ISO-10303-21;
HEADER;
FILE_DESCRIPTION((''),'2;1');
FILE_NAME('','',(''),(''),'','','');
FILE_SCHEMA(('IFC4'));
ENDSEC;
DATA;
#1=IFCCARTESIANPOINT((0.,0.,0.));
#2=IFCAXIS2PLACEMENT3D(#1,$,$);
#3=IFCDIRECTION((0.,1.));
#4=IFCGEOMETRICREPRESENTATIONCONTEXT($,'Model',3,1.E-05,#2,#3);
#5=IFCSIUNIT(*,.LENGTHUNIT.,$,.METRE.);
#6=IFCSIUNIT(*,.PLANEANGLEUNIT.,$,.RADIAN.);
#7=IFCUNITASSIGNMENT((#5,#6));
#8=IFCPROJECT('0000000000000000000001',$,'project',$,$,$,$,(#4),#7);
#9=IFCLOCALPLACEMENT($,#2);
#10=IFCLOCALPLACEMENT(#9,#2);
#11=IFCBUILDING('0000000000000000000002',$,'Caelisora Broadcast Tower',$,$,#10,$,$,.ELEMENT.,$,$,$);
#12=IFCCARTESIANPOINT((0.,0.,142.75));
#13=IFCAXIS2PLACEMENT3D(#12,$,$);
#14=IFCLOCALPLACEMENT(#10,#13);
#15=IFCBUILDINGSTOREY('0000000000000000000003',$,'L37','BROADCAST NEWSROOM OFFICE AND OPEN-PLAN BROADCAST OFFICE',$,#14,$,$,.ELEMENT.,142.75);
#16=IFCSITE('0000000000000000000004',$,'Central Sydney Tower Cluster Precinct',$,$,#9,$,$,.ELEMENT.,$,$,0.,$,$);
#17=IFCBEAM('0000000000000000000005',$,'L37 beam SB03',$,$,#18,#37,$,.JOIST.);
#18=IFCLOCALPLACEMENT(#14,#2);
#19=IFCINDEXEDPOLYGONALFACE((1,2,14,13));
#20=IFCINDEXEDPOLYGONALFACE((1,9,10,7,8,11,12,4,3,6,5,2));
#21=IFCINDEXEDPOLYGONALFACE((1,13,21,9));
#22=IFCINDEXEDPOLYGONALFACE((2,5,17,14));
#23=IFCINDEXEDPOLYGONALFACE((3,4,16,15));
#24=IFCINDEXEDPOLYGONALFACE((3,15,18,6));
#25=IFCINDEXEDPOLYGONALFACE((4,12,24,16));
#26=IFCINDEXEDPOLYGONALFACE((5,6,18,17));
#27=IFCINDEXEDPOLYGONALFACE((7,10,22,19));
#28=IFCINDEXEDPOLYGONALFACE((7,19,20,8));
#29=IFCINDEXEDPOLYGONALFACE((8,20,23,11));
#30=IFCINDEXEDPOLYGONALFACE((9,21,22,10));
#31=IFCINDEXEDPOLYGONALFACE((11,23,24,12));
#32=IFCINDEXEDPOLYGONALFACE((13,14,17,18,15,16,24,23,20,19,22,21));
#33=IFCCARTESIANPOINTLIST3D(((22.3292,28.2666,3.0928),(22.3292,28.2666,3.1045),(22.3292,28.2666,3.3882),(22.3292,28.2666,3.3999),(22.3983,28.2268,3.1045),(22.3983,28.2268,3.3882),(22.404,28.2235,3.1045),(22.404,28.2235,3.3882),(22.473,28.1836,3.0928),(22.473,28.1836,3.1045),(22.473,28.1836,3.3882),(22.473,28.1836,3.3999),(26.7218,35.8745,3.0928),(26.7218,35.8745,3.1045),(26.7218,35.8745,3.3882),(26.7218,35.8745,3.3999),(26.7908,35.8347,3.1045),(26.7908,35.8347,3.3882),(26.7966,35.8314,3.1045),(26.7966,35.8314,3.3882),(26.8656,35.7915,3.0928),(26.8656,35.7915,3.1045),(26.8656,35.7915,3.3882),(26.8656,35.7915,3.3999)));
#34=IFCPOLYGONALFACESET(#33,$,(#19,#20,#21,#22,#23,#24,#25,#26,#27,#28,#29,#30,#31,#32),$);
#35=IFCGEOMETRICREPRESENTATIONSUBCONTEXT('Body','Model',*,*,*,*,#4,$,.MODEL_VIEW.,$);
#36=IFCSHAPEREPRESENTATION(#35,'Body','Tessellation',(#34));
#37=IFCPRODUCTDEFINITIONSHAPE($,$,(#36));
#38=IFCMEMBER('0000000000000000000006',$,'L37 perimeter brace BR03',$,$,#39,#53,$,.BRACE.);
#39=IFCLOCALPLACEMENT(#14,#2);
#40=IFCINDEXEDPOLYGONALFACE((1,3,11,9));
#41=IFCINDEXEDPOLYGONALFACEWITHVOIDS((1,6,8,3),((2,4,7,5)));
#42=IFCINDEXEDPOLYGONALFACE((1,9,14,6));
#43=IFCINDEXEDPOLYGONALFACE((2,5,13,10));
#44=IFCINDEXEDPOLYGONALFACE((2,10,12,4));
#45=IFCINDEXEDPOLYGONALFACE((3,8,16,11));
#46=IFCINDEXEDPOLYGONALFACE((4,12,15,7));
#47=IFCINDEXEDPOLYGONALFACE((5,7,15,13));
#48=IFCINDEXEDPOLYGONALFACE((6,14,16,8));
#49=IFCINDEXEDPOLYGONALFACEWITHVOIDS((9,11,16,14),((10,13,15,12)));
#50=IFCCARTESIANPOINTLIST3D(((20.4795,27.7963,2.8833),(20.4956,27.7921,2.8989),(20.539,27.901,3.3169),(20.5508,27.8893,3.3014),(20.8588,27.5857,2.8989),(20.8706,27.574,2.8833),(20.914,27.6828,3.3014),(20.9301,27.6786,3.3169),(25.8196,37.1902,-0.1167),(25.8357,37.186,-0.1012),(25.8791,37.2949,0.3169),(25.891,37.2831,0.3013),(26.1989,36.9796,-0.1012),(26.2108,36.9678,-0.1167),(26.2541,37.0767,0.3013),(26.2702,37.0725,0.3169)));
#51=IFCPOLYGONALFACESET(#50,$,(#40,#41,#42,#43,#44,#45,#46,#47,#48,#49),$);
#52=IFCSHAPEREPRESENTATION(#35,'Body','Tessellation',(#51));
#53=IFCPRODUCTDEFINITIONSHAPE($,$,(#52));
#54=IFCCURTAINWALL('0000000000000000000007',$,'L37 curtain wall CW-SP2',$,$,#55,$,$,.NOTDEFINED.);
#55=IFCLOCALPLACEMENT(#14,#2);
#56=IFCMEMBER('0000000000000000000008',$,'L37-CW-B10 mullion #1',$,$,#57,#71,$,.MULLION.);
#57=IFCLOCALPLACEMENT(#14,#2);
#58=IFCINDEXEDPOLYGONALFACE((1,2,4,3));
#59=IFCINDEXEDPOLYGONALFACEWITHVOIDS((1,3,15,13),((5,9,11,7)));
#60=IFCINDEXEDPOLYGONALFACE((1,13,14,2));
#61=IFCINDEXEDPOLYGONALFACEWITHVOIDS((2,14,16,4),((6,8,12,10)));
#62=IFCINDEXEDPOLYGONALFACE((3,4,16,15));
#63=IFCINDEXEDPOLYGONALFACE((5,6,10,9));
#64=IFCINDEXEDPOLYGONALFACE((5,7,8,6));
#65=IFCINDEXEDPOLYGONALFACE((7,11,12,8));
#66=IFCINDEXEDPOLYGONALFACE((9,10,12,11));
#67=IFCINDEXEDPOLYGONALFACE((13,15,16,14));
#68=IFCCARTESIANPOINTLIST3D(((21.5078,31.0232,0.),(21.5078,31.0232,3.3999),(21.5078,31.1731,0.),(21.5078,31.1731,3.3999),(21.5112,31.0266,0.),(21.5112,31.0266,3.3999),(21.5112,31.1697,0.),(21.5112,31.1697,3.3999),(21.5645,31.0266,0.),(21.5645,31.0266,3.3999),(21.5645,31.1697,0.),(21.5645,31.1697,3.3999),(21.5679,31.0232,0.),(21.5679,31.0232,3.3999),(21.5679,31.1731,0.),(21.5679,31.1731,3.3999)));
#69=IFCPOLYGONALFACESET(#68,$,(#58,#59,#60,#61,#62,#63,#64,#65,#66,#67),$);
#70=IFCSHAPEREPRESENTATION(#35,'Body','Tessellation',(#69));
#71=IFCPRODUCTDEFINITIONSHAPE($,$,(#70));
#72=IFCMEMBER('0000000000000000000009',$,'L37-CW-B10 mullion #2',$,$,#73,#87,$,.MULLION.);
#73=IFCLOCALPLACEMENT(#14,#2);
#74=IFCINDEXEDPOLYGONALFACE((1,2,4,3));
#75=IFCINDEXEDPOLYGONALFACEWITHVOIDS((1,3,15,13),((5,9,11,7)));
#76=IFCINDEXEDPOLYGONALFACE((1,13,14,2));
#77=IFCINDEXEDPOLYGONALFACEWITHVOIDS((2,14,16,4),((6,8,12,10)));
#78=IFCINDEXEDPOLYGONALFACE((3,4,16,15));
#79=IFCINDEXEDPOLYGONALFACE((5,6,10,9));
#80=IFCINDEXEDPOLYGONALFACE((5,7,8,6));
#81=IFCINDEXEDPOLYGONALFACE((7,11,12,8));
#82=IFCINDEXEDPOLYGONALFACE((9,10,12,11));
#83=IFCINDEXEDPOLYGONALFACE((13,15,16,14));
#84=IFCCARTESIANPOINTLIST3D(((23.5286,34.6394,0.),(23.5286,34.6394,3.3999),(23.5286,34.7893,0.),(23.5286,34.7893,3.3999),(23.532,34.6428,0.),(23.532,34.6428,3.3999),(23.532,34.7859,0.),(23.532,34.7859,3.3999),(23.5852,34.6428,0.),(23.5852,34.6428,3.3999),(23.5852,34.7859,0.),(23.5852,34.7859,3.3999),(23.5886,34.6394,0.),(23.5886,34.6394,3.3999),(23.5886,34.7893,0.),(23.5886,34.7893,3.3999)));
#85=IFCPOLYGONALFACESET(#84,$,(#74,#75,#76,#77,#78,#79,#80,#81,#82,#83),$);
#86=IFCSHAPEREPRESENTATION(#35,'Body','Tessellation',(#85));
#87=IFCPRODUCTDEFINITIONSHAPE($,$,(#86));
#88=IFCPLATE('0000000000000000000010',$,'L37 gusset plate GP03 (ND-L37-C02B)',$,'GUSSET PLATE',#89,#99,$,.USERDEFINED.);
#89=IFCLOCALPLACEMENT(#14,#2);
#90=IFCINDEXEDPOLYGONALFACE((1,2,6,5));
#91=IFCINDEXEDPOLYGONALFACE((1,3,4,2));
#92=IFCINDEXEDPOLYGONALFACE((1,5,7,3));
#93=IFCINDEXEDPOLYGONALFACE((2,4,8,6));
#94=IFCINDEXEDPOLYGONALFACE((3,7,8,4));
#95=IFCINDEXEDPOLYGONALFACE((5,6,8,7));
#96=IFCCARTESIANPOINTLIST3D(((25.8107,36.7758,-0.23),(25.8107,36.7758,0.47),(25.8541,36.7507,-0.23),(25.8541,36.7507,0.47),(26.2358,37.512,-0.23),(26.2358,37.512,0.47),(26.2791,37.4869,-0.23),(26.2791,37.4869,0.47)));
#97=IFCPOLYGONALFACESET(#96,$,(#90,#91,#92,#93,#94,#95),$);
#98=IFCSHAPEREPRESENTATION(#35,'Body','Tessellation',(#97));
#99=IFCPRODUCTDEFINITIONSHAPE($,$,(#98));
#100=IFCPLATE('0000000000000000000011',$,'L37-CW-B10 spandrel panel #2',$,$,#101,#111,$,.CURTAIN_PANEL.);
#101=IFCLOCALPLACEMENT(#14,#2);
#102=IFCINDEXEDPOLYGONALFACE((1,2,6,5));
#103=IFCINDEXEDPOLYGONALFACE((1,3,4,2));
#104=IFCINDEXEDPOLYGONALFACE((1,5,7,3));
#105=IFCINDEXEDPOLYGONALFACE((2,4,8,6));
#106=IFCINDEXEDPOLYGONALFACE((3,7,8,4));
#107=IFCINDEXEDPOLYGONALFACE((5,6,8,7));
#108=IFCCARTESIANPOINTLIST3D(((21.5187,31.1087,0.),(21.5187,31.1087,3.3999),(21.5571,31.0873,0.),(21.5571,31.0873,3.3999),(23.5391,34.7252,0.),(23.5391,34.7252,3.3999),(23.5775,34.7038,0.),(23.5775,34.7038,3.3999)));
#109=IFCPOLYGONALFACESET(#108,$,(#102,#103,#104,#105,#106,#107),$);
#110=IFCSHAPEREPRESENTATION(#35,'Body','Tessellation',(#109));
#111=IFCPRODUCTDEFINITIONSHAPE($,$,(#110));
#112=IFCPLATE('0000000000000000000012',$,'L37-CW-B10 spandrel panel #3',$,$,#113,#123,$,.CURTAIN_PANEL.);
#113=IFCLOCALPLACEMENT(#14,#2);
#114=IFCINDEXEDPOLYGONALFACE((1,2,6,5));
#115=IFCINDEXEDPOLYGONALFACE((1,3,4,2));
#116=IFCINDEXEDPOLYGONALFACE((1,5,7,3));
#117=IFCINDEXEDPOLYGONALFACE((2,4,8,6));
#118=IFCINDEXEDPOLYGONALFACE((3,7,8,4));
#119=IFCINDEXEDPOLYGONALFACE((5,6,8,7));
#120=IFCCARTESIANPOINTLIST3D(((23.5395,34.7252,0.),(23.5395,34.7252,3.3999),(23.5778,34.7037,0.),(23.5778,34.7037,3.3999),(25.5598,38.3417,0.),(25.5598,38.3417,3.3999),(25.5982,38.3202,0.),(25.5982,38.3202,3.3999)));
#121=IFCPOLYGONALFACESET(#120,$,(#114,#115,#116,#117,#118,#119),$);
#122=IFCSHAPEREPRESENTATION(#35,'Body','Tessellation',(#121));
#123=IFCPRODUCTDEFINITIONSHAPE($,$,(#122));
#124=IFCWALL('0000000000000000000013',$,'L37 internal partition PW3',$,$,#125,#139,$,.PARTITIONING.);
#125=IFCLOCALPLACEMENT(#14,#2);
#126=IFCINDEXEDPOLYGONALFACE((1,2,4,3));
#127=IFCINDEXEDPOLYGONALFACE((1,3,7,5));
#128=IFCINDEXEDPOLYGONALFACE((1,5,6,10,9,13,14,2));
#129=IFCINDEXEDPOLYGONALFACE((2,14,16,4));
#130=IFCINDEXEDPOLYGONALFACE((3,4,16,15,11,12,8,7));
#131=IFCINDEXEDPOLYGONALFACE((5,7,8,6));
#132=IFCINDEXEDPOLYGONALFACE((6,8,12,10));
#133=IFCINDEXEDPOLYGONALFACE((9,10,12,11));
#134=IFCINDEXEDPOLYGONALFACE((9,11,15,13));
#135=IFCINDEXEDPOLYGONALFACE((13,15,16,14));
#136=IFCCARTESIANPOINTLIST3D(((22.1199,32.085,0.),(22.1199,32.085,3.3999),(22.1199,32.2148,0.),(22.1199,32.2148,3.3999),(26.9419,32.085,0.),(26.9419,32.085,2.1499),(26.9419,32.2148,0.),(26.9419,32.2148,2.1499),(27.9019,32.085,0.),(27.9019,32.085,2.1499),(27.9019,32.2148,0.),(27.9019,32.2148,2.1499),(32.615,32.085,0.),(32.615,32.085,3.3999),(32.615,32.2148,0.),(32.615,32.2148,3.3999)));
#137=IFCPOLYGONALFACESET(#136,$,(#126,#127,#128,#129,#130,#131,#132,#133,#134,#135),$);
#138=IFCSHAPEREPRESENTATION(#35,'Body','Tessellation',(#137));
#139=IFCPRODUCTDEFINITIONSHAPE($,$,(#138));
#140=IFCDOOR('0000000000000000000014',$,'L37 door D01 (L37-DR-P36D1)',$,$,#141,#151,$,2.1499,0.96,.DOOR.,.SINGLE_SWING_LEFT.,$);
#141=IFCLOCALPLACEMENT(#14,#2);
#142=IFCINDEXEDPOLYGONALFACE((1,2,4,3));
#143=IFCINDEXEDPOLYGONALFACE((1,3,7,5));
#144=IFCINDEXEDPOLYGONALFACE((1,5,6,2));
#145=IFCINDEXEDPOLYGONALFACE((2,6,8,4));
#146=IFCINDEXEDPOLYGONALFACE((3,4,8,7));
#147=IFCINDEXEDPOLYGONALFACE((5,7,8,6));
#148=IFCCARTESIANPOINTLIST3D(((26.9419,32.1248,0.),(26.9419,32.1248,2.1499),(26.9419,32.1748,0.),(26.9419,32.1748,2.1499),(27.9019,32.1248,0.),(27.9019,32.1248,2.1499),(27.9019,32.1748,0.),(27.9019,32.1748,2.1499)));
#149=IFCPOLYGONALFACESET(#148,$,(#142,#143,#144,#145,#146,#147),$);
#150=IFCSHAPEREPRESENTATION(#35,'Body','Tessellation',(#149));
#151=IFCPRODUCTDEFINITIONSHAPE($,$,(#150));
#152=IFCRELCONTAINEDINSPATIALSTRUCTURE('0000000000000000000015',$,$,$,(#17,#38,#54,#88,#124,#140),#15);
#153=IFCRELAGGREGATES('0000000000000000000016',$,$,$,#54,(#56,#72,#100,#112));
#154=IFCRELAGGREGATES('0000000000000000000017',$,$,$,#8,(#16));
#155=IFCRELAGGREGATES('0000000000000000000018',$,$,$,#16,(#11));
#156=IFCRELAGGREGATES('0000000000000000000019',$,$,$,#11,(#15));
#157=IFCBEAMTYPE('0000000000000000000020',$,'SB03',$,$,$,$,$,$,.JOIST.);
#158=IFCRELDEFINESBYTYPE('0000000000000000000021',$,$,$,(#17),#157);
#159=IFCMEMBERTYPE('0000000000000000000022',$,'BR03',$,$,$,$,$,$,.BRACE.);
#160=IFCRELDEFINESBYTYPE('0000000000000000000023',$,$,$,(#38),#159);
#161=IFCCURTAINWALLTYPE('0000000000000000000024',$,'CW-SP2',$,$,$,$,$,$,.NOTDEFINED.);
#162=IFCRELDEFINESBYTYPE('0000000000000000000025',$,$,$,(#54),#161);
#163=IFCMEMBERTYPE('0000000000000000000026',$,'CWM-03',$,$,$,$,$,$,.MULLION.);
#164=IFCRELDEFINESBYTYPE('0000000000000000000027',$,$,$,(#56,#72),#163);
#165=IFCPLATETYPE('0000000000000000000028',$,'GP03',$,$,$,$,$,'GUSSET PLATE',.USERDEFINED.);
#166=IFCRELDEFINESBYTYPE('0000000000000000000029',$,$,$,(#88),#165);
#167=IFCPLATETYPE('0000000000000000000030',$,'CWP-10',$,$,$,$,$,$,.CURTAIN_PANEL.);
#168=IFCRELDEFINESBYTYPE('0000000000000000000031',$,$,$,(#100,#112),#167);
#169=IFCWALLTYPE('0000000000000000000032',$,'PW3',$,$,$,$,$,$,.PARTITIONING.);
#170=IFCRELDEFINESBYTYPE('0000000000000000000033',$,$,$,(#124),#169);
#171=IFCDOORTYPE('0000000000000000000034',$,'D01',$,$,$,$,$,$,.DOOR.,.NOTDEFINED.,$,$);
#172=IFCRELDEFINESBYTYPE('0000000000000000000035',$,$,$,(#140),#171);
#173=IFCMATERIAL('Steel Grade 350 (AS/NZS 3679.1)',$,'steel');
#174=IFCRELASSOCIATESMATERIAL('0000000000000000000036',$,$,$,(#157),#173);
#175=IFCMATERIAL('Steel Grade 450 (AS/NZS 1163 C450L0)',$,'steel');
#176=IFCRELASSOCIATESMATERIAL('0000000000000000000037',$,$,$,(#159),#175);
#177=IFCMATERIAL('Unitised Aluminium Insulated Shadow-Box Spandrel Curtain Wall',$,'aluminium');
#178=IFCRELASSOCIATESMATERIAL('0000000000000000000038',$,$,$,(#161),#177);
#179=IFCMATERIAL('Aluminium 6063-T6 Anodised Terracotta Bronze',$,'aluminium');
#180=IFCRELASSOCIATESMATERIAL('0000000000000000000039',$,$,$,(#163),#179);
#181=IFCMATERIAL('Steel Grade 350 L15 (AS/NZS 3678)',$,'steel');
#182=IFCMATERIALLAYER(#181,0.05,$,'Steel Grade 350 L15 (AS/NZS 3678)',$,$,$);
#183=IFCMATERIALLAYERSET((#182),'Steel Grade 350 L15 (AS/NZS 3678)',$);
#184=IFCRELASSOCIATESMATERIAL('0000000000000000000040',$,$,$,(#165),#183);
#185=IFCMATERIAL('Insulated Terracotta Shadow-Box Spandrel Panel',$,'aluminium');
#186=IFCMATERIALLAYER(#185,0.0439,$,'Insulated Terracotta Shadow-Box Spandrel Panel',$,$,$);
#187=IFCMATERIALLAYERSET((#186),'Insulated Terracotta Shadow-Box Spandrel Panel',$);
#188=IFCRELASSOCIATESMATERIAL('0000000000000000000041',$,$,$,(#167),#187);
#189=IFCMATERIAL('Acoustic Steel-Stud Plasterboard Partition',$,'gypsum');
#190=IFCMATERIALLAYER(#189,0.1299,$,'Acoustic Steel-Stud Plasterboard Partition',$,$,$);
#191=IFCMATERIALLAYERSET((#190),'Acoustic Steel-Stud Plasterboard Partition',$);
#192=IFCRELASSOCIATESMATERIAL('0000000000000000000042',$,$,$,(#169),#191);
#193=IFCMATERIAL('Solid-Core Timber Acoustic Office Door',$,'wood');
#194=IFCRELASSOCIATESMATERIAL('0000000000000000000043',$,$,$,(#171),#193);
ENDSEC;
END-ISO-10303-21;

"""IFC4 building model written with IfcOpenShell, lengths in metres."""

from ifc_helpers import new_model, si_unit, direction, frame, frame_2d, origin, origin_2d, place, context, subcontext, project, spatial, rectangle, hollow_rectangle, i_section, extrude, source, transform, mapped, material, layer, layer_set, material_profile, profile_set, type_object, type_shapes, element, fill, aggregate, save


model = new_model("IFC4")

# Units and contexts
model_context = context("Model", 3, precision=1e-05, world=origin(), true_north=direction((0.0, 1.0)))
body_context = subcontext(model_context, "Body", "Model", "MODEL_VIEW")
ifc_project = project(units=[si_unit("LENGTHUNIT", "METRE"), si_unit("PLANEANGLEUNIT", "RADIAN")], contexts=[model_context])

# Site, building, storey
site_placement = place(None, origin())
site = spatial("IfcSite", under=ifc_project, at=site_placement, Name="Central Sydney Tower Cluster Precinct", CompositionType="ELEMENT", RefElevation=0.0)
building_placement = place(site_placement, origin())
building = spatial("IfcBuilding", under=site, at=building_placement, Name="Caelisora Broadcast Tower", CompositionType="ELEMENT")
storey_placement = place(building_placement, frame((0.0, 0.0, 142.75)))
storey = spatial("IfcBuildingStorey", under=building, at=storey_placement, Name="L37", Description="BROADCAST NEWSROOM OFFICE AND OPEN-PLAN BROADCAST OFFICE", CompositionType="ELEMENT", Elevation=142.75)

# Shared definitions
ifc_material_1 = material(Name="Steel Grade 350 L15 (AS/NZS 3678)", Category="steel")

# Beam
ifc_material_2 = material(Name="Steel Grade 350 (AS/NZS 3679.1)", Category="steel")
ifc_material_profile_1 = material_profile(ifc_material_2, i_section(OverallWidth=0.166, OverallDepth=0.3071, WebThickness=0.0066, FlangeThickness=0.0117, at=origin_2d()), Name="Steel Grade 350 (AS/NZS 3679.1)")
ifc_profile_set_1 = profile_set([ifc_material_profile_1], Name="Steel Grade 350 (AS/NZS 3679.1)")
beam_type_1 = type_object("IfcBeamType", Name="SB03", PredefinedType="JOIST", material=ifc_profile_set_1)
shared_shape_1 = source(origin(), body_context, "Body", "SweptSolid", [
    extrude(i_section(OverallWidth=0.166, OverallDepth=0.3071, WebThickness=0.0066, FlangeThickness=0.0117, at=origin_2d()), origin(), (0.0, 0.0, 1.0), 8.7849),
])
beam_1_placement = place(storey_placement, frame((26.7937, 35.833, 3.2463), z_axis=(-0.500013, -0.866018, 0.0), x_axis=(0.866018, -0.500013, 0.0)))
element("IfcBeam", 1, at=beam_1_placement, inside=storey, type_object=beam_type_1, Name="L37 beam SB03", PredefinedType="JOIST", context=body_context, shape_type="MappedRepresentation", body=[
    mapped(shared_shape_1, transform((0.0, 0.0, 0.0), scale=1.0)),
])

# Member
ifc_material_3 = material(Name="Steel Grade 450 (AS/NZS 1163 C450L0)", Category="steel")
ifc_material_profile_2 = material_profile(ifc_material_3, hollow_rectangle(XDim=0.45, YDim=0.45, WallThickness=0.0161, at=origin_2d()), Name="Steel Grade 450 (AS/NZS 1163 C450L0)")
ifc_profile_set_2 = profile_set([ifc_material_profile_2], Name="Steel Grade 450 (AS/NZS 1163 C450L0)")
member_type_1 = type_object("IfcMemberType", Name="BR03", PredefinedType="BRACE", material=ifc_profile_set_2)
shared_shape_2 = source(origin(), body_context, "Body", "SweptSolid", [
    extrude(hollow_rectangle(XDim=0.45, YDim=0.45, WallThickness=0.0161, at=origin_2d()), origin(), (0.0, 0.0, 1.0), 11.2144),
])
type_shapes(member_type_1, [shared_shape_2])
member_1_placement = place(storey_placement, frame((26.0449, 37.1313, 0.1001), z_axis=(-0.476187, -0.837664, 0.267516), x_axis=(0.869349, -0.494198, 0.0)))
element("IfcMember", 2, at=member_1_placement, inside=storey, type_object=member_type_1, Name="L37 perimeter brace BR03", PredefinedType="BRACE", context=body_context, shape_type="MappedRepresentation", body=[
    mapped(shared_shape_2, transform((0.0, 0.0, 0.0), scale=1.0)),
])

# Curtain wall, members
ifc_material_4 = material(Name="Unitised Aluminium Insulated Shadow-Box Spandrel Curtain Wall", Category="aluminium")
curtain_wall_type = type_object("IfcCurtainWallType", Name="CW-SP2", PredefinedType="NOTDEFINED", material=ifc_material_4)
curtain_wall_placement = place(storey_placement, origin())
curtain_wall = element("IfcCurtainWall", 3, at=curtain_wall_placement, inside=storey, type_object=curtain_wall_type, Name="L37 curtain wall CW-SP2", PredefinedType="NOTDEFINED")
ifc_material_5 = material(Name="Aluminium 6063-T6 Anodised Terracotta Bronze", Category="aluminium")
ifc_material_profile_3 = material_profile(ifc_material_5, hollow_rectangle(XDim=0.0601, YDim=0.1499, WallThickness=0.0034, at=origin_2d()), Name="Aluminium 6063-T6 Anodised Terracotta Bronze")
ifc_profile_set_3 = profile_set([ifc_material_profile_3], Name="Aluminium 6063-T6 Anodised Terracotta Bronze")
member_type_2 = type_object("IfcMemberType", Name="CWM-03", PredefinedType="MULLION", material=ifc_profile_set_3)
shared_shape_3 = source(origin(), body_context, "Body", "SweptSolid", [
    extrude(hollow_rectangle(XDim=0.0601, YDim=0.1499, WallThickness=0.0034, at=origin_2d()), origin(), (0.0, 0.0, 1.0), 3.3999),
])
type_shapes(member_type_2, [shared_shape_3])
member_2_placement = place(storey_placement, frame((21.5378, 31.0981, 0.0), z_axis=(0.0, 0.0, 1.0), x_axis=(1.0, 0.0, 0.0)))
member_2 = element("IfcMember", 4, at=member_2_placement, type_object=member_type_2, Name="L37-CW-B10 mullion #1", PredefinedType="MULLION", context=body_context, shape_type="MappedRepresentation", body=[
    mapped(shared_shape_3, transform((0.0, 0.0, 0.0), scale=1.0)),
])
member_3_placement = place(storey_placement, frame((23.5586, 34.7144, 0.0), z_axis=(0.0, 0.0, 1.0), x_axis=(1.0, 0.0, 0.0)))
member_3 = element("IfcMember", 5, at=member_3_placement, type_object=member_type_2, Name="L37-CW-B10 mullion #2", PredefinedType="MULLION", context=body_context, shape_type="MappedRepresentation", body=[
    mapped(shared_shape_3, transform((0.0, 0.0, 0.0), scale=1.0)),
])

# Plates
ifc_layer_1 = layer(ifc_material_1, 0.05, Name="Steel Grade 350 L15 (AS/NZS 3678)")
ifc_layer_set_1 = layer_set([ifc_layer_1], Name="Steel Grade 350 L15 (AS/NZS 3678)")
plate_type_1 = type_object("IfcPlateType", Name="GP03", ElementType="GUSSET PLATE", PredefinedType="USERDEFINED", material=ifc_layer_set_1)
shared_shape_4 = source(origin(), body_context, "Body", "SweptSolid", [
    extrude(rectangle(XDim=0.8501, YDim=0.05, at=origin_2d()), origin(), (0.0, 0.0, 1.0), 0.7),
])
type_shapes(plate_type_1, [shared_shape_4])
plate_1_placement = place(storey_placement, frame((26.0449, 37.1313, -0.23), z_axis=(0.0, 0.0, 1.0), x_axis=(-0.5, -0.866025, 0.0)))
element("IfcPlate", 6, at=plate_1_placement, inside=storey, type_object=plate_type_1, Name="L37 gusset plate GP03 (ND-L37-C02B)", ObjectType="GUSSET PLATE", PredefinedType="USERDEFINED", context=body_context, shape_type="MappedRepresentation", body=[
    mapped(shared_shape_4, transform((0.0, 0.0, 0.0), scale=1.0)),
])
ifc_material_6 = material(Name="Insulated Terracotta Shadow-Box Spandrel Panel", Category="aluminium")
ifc_layer_2 = layer(ifc_material_6, 0.0439, Name="Insulated Terracotta Shadow-Box Spandrel Panel")
ifc_layer_set_2 = layer_set([ifc_layer_2], Name="Insulated Terracotta Shadow-Box Spandrel Panel")
plate_type_2 = type_object("IfcPlateType", Name="CWP-10", PredefinedType="CURTAIN_PANEL", material=ifc_layer_set_2)
shared_shape_5 = source(origin(), body_context, "Body", "SweptSolid", [
    extrude(rectangle(XDim=4.1426, YDim=0.0439, at=origin_2d()), origin(), (0.0, 0.0, 1.0), 3.3999),
])
type_shapes(plate_type_2, [shared_shape_5])
plate_2_placement = place(storey_placement, frame((22.5481, 32.9062, 0.0), z_axis=(0.0, 0.0, 1.0), x_axis=(0.487707, 0.873007, 0.0)))
plate_2 = element("IfcPlate", 7, at=plate_2_placement, type_object=plate_type_2, Name="L37-CW-B10 spandrel panel #2", PredefinedType="CURTAIN_PANEL", context=body_context, shape_type="MappedRepresentation", body=[
    mapped(shared_shape_5, transform((0.0, 0.0, 0.0), scale=1.0)),
])
plate_3_placement = place(storey_placement, frame((24.5688, 36.5227, 0.0), z_axis=(0.0, 0.0, 1.0), x_axis=(0.487707, 0.873007, 0.0)))
plate_3 = element("IfcPlate", 8, at=plate_3_placement, type_object=plate_type_2, Name="L37-CW-B10 spandrel panel #3", PredefinedType="CURTAIN_PANEL", context=body_context, shape_type="MappedRepresentation", body=[
    mapped(shared_shape_5, transform((0.0, 0.0, 0.0), scale=1.0)),
])
aggregate(curtain_wall, [member_2, member_3, plate_2, plate_3])

# Wall, opening, door
ifc_material_7 = material(Name="Acoustic Steel-Stud Plasterboard Partition", Category="gypsum")
ifc_layer_3 = layer(ifc_material_7, 0.1299, Name="Acoustic Steel-Stud Plasterboard Partition")
ifc_layer_set_3 = layer_set([ifc_layer_3], Name="Acoustic Steel-Stud Plasterboard Partition")
wall_type = type_object("IfcWallType", Name="PW3", PredefinedType="PARTITIONING", material=ifc_layer_set_3)
wall_1_placement = place(storey_placement, frame((22.1199, 32.1499, 0.0), z_axis=(0.0, 0.0, 1.0), x_axis=(1.0, 0.0, 0.0)))
wall_1 = element("IfcWall", 9, at=wall_1_placement, inside=storey, type_object=wall_type, Name="L37 internal partition PW3", PredefinedType="PARTITIONING", context=body_context, shape_type="SweptSolid", body=[
    extrude(rectangle(XDim=10.4951, YDim=0.1299, at=frame_2d((5.2476, 0.0))), origin(), (0.0, 0.0, 1.0), 3.3999),
])
opening_1_placement = place(wall_1_placement, frame((4.822, 0.0, 0.0)))
opening_1 = element("IfcOpeningElement", 10, at=opening_1_placement, cuts=wall_1, PredefinedType="OPENING", context=body_context, shape_type="SweptSolid", body=[
    extrude(rectangle(XDim=0.96, YDim=2.1499, at=frame_2d((0.48, 1.075))), frame((0.0, 0.0769, 0.0), z_axis=(0.0, -1.0, 0.0), x_axis=(1.0, 0.0, 0.0)), (0.0, 0.0, 1.0), 0.1538),
])
ifc_material_8 = material(Name="Solid-Core Timber Acoustic Office Door", Category="wood")
door_type = type_object("IfcDoorType", Name="D01", OperationType="NOTDEFINED", PredefinedType="DOOR", material=ifc_material_8)
door_1_placement = place(opening_1_placement, origin())
door_1 = element("IfcDoor", 11, at=door_1_placement, inside=storey, type_object=door_type, Name="L37 door D01 (L37-DR-P36D1)", OperationType="SINGLE_SWING_LEFT", OverallHeight=2.1499, OverallWidth=0.96, PredefinedType="DOOR", context=body_context, shape_type="SweptSolid", body=[
    extrude(rectangle(XDim=0.96, YDim=2.1499, at=frame_2d((0.48, 1.075))), frame((0.0, 0.0249, 0.0), z_axis=(0.0, -1.0, 0.0), x_axis=(1.0, 0.0, 0.0)), (0.0, 0.0, 1.0), 0.05),
])
fill(opening_1, door_1)

save(model, "model.ifc")
